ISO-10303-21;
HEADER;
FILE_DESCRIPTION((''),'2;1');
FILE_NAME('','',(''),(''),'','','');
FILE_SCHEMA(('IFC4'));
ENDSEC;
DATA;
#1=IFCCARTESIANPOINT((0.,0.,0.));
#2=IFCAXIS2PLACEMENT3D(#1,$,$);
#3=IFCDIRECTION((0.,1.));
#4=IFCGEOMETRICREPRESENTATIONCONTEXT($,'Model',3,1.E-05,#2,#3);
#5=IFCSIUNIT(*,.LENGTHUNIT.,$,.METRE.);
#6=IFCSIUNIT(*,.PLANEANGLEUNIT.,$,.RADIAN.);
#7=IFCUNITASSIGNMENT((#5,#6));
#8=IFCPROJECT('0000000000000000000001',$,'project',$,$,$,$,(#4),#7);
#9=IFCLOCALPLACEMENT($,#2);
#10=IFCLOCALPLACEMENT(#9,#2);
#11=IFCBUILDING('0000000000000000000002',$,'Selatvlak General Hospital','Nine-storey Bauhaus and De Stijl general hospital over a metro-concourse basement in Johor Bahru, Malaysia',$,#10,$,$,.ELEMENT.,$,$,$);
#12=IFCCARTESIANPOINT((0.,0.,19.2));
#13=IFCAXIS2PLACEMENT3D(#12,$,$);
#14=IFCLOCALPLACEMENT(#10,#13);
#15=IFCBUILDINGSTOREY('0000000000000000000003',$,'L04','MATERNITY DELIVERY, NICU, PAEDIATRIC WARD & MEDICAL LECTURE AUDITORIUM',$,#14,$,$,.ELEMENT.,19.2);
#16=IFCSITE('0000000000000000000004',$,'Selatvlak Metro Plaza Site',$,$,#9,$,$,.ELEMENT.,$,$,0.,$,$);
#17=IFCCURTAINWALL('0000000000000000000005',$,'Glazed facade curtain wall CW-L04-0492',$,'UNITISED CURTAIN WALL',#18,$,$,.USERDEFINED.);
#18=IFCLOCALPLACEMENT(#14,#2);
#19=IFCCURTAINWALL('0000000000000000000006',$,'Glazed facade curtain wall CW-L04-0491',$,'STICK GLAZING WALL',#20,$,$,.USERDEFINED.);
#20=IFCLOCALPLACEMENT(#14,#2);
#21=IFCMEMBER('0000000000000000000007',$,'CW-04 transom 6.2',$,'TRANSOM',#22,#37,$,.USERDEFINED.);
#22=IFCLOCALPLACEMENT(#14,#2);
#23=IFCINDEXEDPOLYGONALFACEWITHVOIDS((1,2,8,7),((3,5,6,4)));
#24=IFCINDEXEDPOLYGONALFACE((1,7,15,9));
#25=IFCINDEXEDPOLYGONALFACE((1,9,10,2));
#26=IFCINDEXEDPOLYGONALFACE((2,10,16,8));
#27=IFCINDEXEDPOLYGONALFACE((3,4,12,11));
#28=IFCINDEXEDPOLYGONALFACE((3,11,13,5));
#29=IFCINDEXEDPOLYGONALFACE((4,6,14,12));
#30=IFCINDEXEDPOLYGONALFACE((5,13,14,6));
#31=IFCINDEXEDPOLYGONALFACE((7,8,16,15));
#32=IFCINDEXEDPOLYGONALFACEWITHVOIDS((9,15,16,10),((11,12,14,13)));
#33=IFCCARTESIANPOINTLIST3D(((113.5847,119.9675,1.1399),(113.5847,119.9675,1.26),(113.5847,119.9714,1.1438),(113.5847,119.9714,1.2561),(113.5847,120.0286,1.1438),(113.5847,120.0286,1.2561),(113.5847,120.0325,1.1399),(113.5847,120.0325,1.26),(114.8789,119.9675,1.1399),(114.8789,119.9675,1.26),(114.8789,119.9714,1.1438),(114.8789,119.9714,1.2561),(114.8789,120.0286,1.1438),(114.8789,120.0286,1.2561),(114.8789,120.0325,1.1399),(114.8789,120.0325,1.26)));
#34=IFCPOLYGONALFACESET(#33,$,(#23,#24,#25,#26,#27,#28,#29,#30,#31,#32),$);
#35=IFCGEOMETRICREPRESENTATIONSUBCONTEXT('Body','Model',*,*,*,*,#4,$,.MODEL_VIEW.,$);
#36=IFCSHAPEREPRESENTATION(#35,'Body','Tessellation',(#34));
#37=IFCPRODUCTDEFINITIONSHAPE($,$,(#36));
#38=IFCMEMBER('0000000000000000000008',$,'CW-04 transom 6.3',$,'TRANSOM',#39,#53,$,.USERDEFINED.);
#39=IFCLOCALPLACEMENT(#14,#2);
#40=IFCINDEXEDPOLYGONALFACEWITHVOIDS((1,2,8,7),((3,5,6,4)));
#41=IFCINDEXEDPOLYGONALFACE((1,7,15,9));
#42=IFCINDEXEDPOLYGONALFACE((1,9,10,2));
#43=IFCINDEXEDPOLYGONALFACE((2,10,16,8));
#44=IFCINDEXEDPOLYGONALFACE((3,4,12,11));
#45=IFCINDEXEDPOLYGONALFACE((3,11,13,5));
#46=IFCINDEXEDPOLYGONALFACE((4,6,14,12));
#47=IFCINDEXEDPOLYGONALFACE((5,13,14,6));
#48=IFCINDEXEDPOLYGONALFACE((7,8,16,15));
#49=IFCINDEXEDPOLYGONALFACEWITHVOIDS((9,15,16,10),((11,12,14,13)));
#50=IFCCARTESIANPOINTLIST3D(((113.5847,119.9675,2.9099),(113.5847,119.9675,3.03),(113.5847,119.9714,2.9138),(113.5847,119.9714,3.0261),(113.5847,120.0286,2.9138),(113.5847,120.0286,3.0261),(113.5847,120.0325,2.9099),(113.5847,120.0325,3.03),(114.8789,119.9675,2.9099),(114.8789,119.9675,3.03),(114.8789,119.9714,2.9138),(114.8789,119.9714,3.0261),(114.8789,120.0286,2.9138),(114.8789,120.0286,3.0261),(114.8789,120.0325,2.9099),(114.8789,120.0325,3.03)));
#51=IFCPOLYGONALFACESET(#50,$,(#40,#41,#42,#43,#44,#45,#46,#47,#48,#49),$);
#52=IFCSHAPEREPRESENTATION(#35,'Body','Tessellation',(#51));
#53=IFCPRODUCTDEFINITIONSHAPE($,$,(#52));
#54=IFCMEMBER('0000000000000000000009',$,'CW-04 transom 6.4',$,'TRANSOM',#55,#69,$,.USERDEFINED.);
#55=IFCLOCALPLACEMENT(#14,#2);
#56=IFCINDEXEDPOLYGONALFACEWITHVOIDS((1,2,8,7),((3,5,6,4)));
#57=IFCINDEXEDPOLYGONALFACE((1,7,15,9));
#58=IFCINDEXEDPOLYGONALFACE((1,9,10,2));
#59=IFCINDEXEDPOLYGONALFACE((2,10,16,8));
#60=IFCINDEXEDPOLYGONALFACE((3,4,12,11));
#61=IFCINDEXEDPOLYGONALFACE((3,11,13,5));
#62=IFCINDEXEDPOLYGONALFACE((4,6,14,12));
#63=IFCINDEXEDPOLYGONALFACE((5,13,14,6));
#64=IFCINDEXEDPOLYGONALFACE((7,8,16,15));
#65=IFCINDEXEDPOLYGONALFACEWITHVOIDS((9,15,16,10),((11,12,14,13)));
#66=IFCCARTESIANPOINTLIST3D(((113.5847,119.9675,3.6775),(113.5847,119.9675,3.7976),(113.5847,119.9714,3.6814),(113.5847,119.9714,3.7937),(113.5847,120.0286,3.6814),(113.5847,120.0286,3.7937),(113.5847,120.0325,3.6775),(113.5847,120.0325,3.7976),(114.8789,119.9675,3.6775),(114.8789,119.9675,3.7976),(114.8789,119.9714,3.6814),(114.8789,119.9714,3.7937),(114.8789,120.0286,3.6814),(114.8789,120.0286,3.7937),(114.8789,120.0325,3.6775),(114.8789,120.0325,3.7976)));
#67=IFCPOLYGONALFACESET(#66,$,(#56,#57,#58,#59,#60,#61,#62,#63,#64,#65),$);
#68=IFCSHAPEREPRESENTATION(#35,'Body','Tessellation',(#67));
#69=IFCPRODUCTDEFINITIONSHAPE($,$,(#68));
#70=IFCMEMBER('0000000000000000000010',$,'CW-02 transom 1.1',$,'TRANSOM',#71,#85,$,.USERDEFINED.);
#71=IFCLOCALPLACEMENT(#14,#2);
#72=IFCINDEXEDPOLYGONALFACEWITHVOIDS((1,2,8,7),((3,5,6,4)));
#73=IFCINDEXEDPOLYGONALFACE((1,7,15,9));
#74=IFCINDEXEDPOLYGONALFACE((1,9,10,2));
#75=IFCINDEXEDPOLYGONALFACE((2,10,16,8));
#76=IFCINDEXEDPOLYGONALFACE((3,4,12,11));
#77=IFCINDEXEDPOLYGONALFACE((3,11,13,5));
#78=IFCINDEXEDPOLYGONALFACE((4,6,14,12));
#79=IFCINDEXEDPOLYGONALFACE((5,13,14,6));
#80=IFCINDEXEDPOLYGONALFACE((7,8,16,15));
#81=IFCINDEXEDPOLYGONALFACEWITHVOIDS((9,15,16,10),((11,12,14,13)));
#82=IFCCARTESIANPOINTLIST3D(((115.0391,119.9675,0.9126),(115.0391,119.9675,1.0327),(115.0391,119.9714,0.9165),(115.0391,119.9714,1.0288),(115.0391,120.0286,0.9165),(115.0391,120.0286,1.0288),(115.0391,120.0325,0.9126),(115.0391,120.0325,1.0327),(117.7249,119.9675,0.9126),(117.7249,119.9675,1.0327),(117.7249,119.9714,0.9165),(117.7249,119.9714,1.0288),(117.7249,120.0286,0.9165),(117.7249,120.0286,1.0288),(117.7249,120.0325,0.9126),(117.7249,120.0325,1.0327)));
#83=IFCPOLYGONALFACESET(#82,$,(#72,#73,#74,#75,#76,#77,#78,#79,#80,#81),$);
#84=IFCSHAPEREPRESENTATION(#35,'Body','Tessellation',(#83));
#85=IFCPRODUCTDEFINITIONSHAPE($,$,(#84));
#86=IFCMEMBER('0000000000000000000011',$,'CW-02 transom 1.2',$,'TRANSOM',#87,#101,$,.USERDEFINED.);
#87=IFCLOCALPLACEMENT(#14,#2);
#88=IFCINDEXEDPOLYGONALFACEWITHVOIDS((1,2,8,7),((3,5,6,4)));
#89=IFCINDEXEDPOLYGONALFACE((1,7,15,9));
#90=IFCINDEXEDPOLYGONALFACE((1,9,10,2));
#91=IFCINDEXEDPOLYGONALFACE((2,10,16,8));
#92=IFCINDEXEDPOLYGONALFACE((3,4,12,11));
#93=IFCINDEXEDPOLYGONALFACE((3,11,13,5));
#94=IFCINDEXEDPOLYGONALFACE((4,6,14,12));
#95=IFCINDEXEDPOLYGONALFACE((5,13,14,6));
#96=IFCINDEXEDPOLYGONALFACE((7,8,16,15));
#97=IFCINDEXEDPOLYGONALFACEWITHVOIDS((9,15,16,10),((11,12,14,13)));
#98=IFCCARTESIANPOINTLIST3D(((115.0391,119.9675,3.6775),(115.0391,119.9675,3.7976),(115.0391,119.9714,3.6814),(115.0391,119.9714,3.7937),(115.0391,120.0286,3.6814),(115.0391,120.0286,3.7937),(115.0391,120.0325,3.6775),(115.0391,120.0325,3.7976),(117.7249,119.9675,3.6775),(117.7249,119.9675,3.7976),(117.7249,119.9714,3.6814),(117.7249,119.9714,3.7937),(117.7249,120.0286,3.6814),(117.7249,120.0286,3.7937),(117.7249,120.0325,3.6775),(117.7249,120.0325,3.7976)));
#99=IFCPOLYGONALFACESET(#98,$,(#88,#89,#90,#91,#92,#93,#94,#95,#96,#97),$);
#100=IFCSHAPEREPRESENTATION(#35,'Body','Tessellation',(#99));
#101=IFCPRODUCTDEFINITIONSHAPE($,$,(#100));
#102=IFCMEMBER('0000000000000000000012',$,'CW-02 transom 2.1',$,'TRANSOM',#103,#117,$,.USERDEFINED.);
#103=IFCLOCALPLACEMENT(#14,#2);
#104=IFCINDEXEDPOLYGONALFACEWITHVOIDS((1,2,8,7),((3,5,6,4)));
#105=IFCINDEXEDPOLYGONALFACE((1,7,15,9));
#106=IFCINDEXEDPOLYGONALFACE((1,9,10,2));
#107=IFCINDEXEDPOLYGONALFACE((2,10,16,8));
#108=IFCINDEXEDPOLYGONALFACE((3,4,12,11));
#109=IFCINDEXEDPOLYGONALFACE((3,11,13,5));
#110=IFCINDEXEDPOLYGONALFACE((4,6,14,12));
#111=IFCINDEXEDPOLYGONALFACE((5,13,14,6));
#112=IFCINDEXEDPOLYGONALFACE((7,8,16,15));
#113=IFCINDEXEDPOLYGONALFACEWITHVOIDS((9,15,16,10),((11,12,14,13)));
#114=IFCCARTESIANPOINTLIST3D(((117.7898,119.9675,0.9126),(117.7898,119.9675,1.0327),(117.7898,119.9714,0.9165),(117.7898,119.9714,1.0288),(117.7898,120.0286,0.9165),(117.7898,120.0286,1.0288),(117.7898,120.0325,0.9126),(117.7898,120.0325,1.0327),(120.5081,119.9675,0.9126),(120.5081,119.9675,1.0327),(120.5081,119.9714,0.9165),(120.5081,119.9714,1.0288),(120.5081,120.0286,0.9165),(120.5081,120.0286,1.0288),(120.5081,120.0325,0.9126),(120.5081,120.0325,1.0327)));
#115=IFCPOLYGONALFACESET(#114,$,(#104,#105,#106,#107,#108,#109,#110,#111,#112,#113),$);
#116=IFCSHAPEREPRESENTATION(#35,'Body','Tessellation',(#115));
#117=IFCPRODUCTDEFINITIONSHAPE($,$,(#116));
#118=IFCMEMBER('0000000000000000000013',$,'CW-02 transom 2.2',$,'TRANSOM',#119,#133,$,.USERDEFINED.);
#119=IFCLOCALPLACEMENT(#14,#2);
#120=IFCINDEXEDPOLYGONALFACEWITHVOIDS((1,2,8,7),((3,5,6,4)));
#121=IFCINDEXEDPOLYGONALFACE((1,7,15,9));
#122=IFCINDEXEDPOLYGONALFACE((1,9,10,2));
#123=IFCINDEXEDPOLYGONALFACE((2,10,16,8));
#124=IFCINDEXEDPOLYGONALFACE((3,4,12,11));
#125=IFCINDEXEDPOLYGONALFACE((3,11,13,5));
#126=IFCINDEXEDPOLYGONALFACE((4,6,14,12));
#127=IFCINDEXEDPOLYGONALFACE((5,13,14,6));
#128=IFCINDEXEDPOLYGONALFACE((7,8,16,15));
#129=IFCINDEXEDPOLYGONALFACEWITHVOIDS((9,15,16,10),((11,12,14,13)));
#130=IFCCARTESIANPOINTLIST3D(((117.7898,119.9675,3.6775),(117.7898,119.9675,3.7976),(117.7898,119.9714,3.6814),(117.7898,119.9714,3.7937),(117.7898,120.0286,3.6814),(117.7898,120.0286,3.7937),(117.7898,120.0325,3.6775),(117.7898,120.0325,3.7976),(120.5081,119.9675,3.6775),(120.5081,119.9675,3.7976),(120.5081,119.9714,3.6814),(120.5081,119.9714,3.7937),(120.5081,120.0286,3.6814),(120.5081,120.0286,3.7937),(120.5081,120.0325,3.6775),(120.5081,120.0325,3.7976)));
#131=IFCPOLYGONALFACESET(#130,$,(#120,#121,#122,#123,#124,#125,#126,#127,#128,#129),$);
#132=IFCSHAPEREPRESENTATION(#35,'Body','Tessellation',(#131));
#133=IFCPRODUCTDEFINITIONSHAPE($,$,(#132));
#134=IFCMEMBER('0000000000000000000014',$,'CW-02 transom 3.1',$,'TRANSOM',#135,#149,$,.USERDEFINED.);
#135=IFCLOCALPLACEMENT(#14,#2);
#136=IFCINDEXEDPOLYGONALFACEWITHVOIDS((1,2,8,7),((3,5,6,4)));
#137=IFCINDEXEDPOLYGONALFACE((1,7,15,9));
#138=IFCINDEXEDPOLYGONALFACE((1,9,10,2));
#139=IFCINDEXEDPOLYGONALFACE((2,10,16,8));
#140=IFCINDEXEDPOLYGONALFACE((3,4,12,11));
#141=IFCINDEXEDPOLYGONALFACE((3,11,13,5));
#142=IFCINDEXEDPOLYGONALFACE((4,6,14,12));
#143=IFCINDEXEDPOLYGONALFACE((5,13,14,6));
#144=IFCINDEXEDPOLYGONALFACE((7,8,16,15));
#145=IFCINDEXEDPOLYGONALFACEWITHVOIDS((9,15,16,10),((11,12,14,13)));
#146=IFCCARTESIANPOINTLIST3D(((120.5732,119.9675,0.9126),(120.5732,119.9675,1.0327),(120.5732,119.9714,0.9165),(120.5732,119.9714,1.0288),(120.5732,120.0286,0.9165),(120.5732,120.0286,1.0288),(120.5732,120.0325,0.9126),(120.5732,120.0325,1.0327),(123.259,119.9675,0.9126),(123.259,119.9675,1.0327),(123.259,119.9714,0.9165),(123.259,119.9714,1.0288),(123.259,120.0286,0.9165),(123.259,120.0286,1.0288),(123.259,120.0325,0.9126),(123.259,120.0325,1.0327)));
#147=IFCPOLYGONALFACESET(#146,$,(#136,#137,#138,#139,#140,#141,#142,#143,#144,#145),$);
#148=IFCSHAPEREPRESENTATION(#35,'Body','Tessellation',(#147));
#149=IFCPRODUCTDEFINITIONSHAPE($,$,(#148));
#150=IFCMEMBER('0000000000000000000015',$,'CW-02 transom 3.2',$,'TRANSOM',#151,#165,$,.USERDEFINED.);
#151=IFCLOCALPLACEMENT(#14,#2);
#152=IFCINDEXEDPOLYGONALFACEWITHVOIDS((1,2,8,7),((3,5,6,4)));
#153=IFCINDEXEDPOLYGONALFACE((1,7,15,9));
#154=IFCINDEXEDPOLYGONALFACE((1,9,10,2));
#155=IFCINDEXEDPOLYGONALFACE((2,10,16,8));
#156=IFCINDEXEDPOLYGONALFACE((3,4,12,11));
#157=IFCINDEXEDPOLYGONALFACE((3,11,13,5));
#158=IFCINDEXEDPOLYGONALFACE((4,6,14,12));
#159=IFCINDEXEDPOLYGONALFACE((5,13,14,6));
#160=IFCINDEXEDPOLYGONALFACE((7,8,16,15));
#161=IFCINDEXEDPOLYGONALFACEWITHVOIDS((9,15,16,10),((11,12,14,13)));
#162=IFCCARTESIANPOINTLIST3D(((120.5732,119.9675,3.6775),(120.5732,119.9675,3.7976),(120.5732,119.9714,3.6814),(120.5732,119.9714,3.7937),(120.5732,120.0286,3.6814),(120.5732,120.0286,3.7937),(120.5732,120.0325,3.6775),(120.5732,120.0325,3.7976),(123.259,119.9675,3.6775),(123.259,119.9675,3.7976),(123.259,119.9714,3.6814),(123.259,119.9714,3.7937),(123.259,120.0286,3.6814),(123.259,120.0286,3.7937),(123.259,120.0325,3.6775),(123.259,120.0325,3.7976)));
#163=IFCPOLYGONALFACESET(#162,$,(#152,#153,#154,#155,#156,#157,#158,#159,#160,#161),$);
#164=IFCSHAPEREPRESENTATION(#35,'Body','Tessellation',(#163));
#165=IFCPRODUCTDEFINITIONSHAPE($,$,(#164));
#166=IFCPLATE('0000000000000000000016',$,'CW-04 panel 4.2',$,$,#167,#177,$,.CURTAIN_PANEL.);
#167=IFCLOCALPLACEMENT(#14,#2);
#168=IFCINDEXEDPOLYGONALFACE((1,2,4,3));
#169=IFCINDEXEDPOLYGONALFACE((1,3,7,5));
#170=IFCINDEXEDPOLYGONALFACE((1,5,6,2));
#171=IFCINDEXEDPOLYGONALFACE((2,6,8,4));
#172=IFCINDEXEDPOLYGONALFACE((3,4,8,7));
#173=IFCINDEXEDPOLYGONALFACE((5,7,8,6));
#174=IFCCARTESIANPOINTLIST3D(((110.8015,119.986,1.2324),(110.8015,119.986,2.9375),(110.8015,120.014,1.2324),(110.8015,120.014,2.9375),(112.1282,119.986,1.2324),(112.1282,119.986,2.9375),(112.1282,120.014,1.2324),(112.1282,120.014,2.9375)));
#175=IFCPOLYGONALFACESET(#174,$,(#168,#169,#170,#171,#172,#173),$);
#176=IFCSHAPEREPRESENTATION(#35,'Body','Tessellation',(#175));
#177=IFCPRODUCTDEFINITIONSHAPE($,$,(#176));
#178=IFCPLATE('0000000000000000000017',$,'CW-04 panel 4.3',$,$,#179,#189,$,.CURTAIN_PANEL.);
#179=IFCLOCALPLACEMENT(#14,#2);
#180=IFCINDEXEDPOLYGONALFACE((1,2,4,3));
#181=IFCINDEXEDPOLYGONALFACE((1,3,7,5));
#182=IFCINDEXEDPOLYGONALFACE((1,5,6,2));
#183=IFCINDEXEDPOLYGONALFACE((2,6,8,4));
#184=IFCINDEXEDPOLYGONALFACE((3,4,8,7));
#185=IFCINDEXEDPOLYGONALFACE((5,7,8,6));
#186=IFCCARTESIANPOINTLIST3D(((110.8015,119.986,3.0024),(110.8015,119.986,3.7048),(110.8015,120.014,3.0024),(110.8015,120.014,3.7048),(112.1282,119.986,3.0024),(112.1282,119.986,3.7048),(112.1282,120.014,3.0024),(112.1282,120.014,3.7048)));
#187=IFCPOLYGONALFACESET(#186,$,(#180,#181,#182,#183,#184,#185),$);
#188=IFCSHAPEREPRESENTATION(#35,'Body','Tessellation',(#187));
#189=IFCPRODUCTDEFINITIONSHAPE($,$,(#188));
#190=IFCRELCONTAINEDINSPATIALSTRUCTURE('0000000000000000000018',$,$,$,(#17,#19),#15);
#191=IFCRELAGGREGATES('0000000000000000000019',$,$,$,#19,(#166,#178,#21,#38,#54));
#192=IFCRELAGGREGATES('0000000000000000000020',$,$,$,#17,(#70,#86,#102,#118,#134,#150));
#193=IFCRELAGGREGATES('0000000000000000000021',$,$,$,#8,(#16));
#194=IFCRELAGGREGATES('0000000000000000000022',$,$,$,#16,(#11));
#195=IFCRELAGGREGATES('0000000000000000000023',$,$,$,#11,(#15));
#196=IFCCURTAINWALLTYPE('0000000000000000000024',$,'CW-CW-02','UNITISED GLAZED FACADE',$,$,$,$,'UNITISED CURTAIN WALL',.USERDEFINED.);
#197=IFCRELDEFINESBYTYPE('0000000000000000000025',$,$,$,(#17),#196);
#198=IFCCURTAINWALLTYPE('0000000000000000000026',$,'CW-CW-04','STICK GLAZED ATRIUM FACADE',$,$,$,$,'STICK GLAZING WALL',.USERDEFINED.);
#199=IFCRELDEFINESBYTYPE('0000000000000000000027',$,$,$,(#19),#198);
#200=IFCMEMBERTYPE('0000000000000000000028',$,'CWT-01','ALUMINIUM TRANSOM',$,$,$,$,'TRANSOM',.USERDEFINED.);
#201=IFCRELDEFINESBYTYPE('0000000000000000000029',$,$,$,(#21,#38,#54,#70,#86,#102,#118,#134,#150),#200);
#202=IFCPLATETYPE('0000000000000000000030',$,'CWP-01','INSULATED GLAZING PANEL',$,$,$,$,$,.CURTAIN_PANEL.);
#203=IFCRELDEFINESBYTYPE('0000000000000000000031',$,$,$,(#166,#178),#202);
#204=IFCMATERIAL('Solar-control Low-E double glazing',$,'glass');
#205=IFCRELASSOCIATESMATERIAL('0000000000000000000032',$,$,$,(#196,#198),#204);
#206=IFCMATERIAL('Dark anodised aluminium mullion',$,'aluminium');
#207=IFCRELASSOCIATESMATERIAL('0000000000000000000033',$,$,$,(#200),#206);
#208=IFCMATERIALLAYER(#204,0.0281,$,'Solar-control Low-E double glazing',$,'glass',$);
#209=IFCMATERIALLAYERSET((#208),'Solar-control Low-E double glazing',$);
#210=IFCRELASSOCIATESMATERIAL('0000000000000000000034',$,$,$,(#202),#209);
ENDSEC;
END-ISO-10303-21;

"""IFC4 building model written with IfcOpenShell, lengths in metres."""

from ifc_helpers import new_model, si_unit, direction, frame, origin, origin_2d, place, context, subcontext, project, spatial, rectangle, hollow_rectangle, extrude, material, layer, layer_set, material_profile, profile_set, type_object, element, aggregate, save


model = new_model("IFC4")

# Units and contexts
model_context = context("Model", 3, precision=1e-05, world=origin(), true_north=direction((0.0, 1.0)))
body_context = subcontext(model_context, "Body", "Model", "MODEL_VIEW")
ifc_project = project(units=[si_unit("LENGTHUNIT", "METRE"), si_unit("PLANEANGLEUNIT", "RADIAN")], contexts=[model_context])

# Site, building, storey
site_placement = place(None, origin())
site = spatial("IfcSite", under=ifc_project, at=site_placement, Name="Selatvlak Metro Plaza Site", CompositionType="ELEMENT", RefElevation=0.0)
building_placement = place(site_placement, origin())
building = spatial("IfcBuilding", under=site, at=building_placement, Name="Selatvlak General Hospital", Description="Nine-storey Bauhaus and De Stijl general hospital over a metro-concourse basement in Johor Bahru, Malaysia", CompositionType="ELEMENT")
storey_placement = place(building_placement, frame((0.0, 0.0, 19.2)))
storey = spatial("IfcBuildingStorey", under=building, at=storey_placement, Name="L04", Description="MATERNITY DELIVERY, NICU, PAEDIATRIC WARD & MEDICAL LECTURE AUDITORIUM", CompositionType="ELEMENT", Elevation=19.2)

# Curtain walls, members
ifc_material_1 = material(Name="Solar-control Low-E double glazing", Category="glass")
curtain_wall_type_1 = type_object("IfcCurtainWallType", Name="CW-CW-02", Description="UNITISED GLAZED FACADE", ElementType="UNITISED CURTAIN WALL", PredefinedType="USERDEFINED", material=ifc_material_1)
curtain_wall_1_placement = place(storey_placement, origin())
curtain_wall_1 = element("IfcCurtainWall", 1, at=curtain_wall_1_placement, inside=storey, type_object=curtain_wall_type_1, Name="Glazed facade curtain wall CW-L04-0492", ObjectType="UNITISED CURTAIN WALL", PredefinedType="USERDEFINED")
ifc_material_2 = material(Name="Dark anodised aluminium mullion", Category="aluminium")
curtain_wall_type_2 = type_object("IfcCurtainWallType", Name="CW-CW-04", Description="STICK GLAZED ATRIUM FACADE", ElementType="STICK GLAZING WALL", PredefinedType="USERDEFINED", material=ifc_material_1)
curtain_wall_2_placement = place(storey_placement, origin())
curtain_wall_2 = element("IfcCurtainWall", 2, at=curtain_wall_2_placement, inside=storey, type_object=curtain_wall_type_2, Name="Glazed facade curtain wall CW-L04-0491", ObjectType="STICK GLAZING WALL", PredefinedType="USERDEFINED")
ifc_material_profile_1 = material_profile(ifc_material_2, hollow_rectangle(XDim=0.0649, YDim=0.1201, WallThickness=0.0039, at=origin_2d()), Name="AL-TRN 65x120x4")
ifc_profile_set_1 = profile_set([ifc_material_profile_1], Name="Dark anodised aluminium mullion")
member_type_1 = type_object("IfcMemberType", Name="CWT-01", Description="ALUMINIUM TRANSOM", ElementType="TRANSOM", PredefinedType="USERDEFINED", material=ifc_profile_set_1)
member_1_placement = place(storey_placement, frame((113.5847, 120.0, 1.2), z_axis=(1.0, 0.0, 0.0), x_axis=(0.0, 1.0, 0.0)))
member_1 = element("IfcMember", 3, at=member_1_placement, type_object=member_type_1, Name="CW-04 transom 6.2", ObjectType="TRANSOM", PredefinedType="USERDEFINED", context=body_context, shape_type="SweptSolid", body=[
    extrude(hollow_rectangle(XDim=0.0649, YDim=0.1201, WallThickness=0.0039, at=origin_2d()), origin(), (0.0, 0.0, 1.0), 1.2942),
])
member_2_placement = place(storey_placement, frame((113.5847, 120.0, 2.97), z_axis=(1.0, 0.0, 0.0), x_axis=(0.0, 1.0, 0.0)))
member_2 = element("IfcMember", 4, at=member_2_placement, type_object=member_type_1, Name="CW-04 transom 6.3", ObjectType="TRANSOM", PredefinedType="USERDEFINED", context=body_context, shape_type="SweptSolid", body=[
    extrude(hollow_rectangle(XDim=0.0649, YDim=0.1201, WallThickness=0.0039, at=origin_2d()), origin(), (0.0, 0.0, 1.0), 1.2942),
])
member_3_placement = place(storey_placement, frame((113.5847, 120.0, 3.7375), z_axis=(1.0, 0.0, 0.0), x_axis=(0.0, 1.0, 0.0)))
member_3 = element("IfcMember", 5, at=member_3_placement, type_object=member_type_1, Name="CW-04 transom 6.4", ObjectType="TRANSOM", PredefinedType="USERDEFINED", context=body_context, shape_type="SweptSolid", body=[
    extrude(hollow_rectangle(XDim=0.0649, YDim=0.1201, WallThickness=0.0039, at=origin_2d()), origin(), (0.0, 0.0, 1.0), 1.2942),
])

# Members
member_4_placement = place(storey_placement, frame((115.0391, 120.0, 0.9727), z_axis=(1.0, 0.0, 0.0), x_axis=(0.0, 1.0, 0.0)))
member_4 = element("IfcMember", 6, at=member_4_placement, type_object=member_type_1, Name="CW-02 transom 1.1", ObjectType="TRANSOM", PredefinedType="USERDEFINED", context=body_context, shape_type="SweptSolid", body=[
    extrude(hollow_rectangle(XDim=0.0649, YDim=0.1201, WallThickness=0.0039, at=origin_2d()), origin(), (0.0, 0.0, 1.0), 2.6858),
])
member_5_placement = place(storey_placement, frame((115.0391, 120.0, 3.7375), z_axis=(1.0, 0.0, 0.0), x_axis=(0.0, 1.0, 0.0)))
member_5 = element("IfcMember", 7, at=member_5_placement, type_object=member_type_1, Name="CW-02 transom 1.2", ObjectType="TRANSOM", PredefinedType="USERDEFINED", context=body_context, shape_type="SweptSolid", body=[
    extrude(hollow_rectangle(XDim=0.0649, YDim=0.1201, WallThickness=0.0039, at=origin_2d()), origin(), (0.0, 0.0, 1.0), 2.6858),
])
member_6_placement = place(storey_placement, frame((117.7898, 120.0, 0.9727), z_axis=(1.0, 0.0, 0.0), x_axis=(0.0, 1.0, 0.0)))
member_6 = element("IfcMember", 8, at=member_6_placement, type_object=member_type_1, Name="CW-02 transom 2.1", ObjectType="TRANSOM", PredefinedType="USERDEFINED", context=body_context, shape_type="SweptSolid", body=[
    extrude(hollow_rectangle(XDim=0.0649, YDim=0.1201, WallThickness=0.0039, at=origin_2d()), origin(), (0.0, 0.0, 1.0), 2.7183),
])
member_7_placement = place(storey_placement, frame((117.7898, 120.0, 3.7375), z_axis=(1.0, 0.0, 0.0), x_axis=(0.0, 1.0, 0.0)))
member_7 = element("IfcMember", 9, at=member_7_placement, type_object=member_type_1, Name="CW-02 transom 2.2", ObjectType="TRANSOM", PredefinedType="USERDEFINED", context=body_context, shape_type="SweptSolid", body=[
    extrude(hollow_rectangle(XDim=0.0649, YDim=0.1201, WallThickness=0.0039, at=origin_2d()), origin(), (0.0, 0.0, 1.0), 2.7183),
])
member_8_placement = place(storey_placement, frame((120.5732, 120.0, 0.9727), z_axis=(1.0, 0.0, 0.0), x_axis=(0.0, 1.0, 0.0)))
member_8 = element("IfcMember", 10, at=member_8_placement, type_object=member_type_1, Name="CW-02 transom 3.1", ObjectType="TRANSOM", PredefinedType="USERDEFINED", context=body_context, shape_type="SweptSolid", body=[
    extrude(hollow_rectangle(XDim=0.0649, YDim=0.1201, WallThickness=0.0039, at=origin_2d()), origin(), (0.0, 0.0, 1.0), 2.6858),
])
member_9_placement = place(storey_placement, frame((120.5732, 120.0, 3.7375), z_axis=(1.0, 0.0, 0.0), x_axis=(0.0, 1.0, 0.0)))
member_9 = element("IfcMember", 11, at=member_9_placement, type_object=member_type_1, Name="CW-02 transom 3.2", ObjectType="TRANSOM", PredefinedType="USERDEFINED", context=body_context, shape_type="SweptSolid", body=[
    extrude(hollow_rectangle(XDim=0.0649, YDim=0.1201, WallThickness=0.0039, at=origin_2d()), origin(), (0.0, 0.0, 1.0), 2.6858),
])

# Plates
ifc_layer_1 = layer(ifc_material_1, 0.0281, Name="Solar-control Low-E double glazing", Category="glass")
ifc_layer_set_1 = layer_set([ifc_layer_1], Name="Solar-control Low-E double glazing")
plate_type = type_object("IfcPlateType", Name="CWP-01", Description="INSULATED GLAZING PANEL", PredefinedType="CURTAIN_PANEL", material=ifc_layer_set_1)
plate_1_placement = place(storey_placement, frame((111.4648, 120.0, 1.2324), z_axis=(0.0, 0.0, 1.0), x_axis=(1.0, 0.0, 0.0)))
plate_1 = element("IfcPlate", 12, at=plate_1_placement, type_object=plate_type, Name="CW-04 panel 4.2", PredefinedType="CURTAIN_PANEL", context=body_context, shape_type="SweptSolid", body=[
    extrude(rectangle(XDim=1.3267, YDim=0.0281, at=origin_2d()), origin(), (0.0, 0.0, 1.0), 1.7051),
])
plate_2_placement = place(storey_placement, frame((111.4648, 120.0, 3.0024), z_axis=(0.0, 0.0, 1.0), x_axis=(1.0, 0.0, 0.0)))
plate_2 = element("IfcPlate", 13, at=plate_2_placement, type_object=plate_type, Name="CW-04 panel 4.3", PredefinedType="CURTAIN_PANEL", context=body_context, shape_type="SweptSolid", body=[
    extrude(rectangle(XDim=1.3267, YDim=0.0281, at=origin_2d()), origin(), (0.0, 0.0, 1.0), 0.7024),
])
aggregate(curtain_wall_2, [plate_1, plate_2, member_1, member_2, member_3])
aggregate(curtain_wall_1, [member_4, member_5, member_6, member_7, member_8, member_9])

save(model, "model.ifc")
